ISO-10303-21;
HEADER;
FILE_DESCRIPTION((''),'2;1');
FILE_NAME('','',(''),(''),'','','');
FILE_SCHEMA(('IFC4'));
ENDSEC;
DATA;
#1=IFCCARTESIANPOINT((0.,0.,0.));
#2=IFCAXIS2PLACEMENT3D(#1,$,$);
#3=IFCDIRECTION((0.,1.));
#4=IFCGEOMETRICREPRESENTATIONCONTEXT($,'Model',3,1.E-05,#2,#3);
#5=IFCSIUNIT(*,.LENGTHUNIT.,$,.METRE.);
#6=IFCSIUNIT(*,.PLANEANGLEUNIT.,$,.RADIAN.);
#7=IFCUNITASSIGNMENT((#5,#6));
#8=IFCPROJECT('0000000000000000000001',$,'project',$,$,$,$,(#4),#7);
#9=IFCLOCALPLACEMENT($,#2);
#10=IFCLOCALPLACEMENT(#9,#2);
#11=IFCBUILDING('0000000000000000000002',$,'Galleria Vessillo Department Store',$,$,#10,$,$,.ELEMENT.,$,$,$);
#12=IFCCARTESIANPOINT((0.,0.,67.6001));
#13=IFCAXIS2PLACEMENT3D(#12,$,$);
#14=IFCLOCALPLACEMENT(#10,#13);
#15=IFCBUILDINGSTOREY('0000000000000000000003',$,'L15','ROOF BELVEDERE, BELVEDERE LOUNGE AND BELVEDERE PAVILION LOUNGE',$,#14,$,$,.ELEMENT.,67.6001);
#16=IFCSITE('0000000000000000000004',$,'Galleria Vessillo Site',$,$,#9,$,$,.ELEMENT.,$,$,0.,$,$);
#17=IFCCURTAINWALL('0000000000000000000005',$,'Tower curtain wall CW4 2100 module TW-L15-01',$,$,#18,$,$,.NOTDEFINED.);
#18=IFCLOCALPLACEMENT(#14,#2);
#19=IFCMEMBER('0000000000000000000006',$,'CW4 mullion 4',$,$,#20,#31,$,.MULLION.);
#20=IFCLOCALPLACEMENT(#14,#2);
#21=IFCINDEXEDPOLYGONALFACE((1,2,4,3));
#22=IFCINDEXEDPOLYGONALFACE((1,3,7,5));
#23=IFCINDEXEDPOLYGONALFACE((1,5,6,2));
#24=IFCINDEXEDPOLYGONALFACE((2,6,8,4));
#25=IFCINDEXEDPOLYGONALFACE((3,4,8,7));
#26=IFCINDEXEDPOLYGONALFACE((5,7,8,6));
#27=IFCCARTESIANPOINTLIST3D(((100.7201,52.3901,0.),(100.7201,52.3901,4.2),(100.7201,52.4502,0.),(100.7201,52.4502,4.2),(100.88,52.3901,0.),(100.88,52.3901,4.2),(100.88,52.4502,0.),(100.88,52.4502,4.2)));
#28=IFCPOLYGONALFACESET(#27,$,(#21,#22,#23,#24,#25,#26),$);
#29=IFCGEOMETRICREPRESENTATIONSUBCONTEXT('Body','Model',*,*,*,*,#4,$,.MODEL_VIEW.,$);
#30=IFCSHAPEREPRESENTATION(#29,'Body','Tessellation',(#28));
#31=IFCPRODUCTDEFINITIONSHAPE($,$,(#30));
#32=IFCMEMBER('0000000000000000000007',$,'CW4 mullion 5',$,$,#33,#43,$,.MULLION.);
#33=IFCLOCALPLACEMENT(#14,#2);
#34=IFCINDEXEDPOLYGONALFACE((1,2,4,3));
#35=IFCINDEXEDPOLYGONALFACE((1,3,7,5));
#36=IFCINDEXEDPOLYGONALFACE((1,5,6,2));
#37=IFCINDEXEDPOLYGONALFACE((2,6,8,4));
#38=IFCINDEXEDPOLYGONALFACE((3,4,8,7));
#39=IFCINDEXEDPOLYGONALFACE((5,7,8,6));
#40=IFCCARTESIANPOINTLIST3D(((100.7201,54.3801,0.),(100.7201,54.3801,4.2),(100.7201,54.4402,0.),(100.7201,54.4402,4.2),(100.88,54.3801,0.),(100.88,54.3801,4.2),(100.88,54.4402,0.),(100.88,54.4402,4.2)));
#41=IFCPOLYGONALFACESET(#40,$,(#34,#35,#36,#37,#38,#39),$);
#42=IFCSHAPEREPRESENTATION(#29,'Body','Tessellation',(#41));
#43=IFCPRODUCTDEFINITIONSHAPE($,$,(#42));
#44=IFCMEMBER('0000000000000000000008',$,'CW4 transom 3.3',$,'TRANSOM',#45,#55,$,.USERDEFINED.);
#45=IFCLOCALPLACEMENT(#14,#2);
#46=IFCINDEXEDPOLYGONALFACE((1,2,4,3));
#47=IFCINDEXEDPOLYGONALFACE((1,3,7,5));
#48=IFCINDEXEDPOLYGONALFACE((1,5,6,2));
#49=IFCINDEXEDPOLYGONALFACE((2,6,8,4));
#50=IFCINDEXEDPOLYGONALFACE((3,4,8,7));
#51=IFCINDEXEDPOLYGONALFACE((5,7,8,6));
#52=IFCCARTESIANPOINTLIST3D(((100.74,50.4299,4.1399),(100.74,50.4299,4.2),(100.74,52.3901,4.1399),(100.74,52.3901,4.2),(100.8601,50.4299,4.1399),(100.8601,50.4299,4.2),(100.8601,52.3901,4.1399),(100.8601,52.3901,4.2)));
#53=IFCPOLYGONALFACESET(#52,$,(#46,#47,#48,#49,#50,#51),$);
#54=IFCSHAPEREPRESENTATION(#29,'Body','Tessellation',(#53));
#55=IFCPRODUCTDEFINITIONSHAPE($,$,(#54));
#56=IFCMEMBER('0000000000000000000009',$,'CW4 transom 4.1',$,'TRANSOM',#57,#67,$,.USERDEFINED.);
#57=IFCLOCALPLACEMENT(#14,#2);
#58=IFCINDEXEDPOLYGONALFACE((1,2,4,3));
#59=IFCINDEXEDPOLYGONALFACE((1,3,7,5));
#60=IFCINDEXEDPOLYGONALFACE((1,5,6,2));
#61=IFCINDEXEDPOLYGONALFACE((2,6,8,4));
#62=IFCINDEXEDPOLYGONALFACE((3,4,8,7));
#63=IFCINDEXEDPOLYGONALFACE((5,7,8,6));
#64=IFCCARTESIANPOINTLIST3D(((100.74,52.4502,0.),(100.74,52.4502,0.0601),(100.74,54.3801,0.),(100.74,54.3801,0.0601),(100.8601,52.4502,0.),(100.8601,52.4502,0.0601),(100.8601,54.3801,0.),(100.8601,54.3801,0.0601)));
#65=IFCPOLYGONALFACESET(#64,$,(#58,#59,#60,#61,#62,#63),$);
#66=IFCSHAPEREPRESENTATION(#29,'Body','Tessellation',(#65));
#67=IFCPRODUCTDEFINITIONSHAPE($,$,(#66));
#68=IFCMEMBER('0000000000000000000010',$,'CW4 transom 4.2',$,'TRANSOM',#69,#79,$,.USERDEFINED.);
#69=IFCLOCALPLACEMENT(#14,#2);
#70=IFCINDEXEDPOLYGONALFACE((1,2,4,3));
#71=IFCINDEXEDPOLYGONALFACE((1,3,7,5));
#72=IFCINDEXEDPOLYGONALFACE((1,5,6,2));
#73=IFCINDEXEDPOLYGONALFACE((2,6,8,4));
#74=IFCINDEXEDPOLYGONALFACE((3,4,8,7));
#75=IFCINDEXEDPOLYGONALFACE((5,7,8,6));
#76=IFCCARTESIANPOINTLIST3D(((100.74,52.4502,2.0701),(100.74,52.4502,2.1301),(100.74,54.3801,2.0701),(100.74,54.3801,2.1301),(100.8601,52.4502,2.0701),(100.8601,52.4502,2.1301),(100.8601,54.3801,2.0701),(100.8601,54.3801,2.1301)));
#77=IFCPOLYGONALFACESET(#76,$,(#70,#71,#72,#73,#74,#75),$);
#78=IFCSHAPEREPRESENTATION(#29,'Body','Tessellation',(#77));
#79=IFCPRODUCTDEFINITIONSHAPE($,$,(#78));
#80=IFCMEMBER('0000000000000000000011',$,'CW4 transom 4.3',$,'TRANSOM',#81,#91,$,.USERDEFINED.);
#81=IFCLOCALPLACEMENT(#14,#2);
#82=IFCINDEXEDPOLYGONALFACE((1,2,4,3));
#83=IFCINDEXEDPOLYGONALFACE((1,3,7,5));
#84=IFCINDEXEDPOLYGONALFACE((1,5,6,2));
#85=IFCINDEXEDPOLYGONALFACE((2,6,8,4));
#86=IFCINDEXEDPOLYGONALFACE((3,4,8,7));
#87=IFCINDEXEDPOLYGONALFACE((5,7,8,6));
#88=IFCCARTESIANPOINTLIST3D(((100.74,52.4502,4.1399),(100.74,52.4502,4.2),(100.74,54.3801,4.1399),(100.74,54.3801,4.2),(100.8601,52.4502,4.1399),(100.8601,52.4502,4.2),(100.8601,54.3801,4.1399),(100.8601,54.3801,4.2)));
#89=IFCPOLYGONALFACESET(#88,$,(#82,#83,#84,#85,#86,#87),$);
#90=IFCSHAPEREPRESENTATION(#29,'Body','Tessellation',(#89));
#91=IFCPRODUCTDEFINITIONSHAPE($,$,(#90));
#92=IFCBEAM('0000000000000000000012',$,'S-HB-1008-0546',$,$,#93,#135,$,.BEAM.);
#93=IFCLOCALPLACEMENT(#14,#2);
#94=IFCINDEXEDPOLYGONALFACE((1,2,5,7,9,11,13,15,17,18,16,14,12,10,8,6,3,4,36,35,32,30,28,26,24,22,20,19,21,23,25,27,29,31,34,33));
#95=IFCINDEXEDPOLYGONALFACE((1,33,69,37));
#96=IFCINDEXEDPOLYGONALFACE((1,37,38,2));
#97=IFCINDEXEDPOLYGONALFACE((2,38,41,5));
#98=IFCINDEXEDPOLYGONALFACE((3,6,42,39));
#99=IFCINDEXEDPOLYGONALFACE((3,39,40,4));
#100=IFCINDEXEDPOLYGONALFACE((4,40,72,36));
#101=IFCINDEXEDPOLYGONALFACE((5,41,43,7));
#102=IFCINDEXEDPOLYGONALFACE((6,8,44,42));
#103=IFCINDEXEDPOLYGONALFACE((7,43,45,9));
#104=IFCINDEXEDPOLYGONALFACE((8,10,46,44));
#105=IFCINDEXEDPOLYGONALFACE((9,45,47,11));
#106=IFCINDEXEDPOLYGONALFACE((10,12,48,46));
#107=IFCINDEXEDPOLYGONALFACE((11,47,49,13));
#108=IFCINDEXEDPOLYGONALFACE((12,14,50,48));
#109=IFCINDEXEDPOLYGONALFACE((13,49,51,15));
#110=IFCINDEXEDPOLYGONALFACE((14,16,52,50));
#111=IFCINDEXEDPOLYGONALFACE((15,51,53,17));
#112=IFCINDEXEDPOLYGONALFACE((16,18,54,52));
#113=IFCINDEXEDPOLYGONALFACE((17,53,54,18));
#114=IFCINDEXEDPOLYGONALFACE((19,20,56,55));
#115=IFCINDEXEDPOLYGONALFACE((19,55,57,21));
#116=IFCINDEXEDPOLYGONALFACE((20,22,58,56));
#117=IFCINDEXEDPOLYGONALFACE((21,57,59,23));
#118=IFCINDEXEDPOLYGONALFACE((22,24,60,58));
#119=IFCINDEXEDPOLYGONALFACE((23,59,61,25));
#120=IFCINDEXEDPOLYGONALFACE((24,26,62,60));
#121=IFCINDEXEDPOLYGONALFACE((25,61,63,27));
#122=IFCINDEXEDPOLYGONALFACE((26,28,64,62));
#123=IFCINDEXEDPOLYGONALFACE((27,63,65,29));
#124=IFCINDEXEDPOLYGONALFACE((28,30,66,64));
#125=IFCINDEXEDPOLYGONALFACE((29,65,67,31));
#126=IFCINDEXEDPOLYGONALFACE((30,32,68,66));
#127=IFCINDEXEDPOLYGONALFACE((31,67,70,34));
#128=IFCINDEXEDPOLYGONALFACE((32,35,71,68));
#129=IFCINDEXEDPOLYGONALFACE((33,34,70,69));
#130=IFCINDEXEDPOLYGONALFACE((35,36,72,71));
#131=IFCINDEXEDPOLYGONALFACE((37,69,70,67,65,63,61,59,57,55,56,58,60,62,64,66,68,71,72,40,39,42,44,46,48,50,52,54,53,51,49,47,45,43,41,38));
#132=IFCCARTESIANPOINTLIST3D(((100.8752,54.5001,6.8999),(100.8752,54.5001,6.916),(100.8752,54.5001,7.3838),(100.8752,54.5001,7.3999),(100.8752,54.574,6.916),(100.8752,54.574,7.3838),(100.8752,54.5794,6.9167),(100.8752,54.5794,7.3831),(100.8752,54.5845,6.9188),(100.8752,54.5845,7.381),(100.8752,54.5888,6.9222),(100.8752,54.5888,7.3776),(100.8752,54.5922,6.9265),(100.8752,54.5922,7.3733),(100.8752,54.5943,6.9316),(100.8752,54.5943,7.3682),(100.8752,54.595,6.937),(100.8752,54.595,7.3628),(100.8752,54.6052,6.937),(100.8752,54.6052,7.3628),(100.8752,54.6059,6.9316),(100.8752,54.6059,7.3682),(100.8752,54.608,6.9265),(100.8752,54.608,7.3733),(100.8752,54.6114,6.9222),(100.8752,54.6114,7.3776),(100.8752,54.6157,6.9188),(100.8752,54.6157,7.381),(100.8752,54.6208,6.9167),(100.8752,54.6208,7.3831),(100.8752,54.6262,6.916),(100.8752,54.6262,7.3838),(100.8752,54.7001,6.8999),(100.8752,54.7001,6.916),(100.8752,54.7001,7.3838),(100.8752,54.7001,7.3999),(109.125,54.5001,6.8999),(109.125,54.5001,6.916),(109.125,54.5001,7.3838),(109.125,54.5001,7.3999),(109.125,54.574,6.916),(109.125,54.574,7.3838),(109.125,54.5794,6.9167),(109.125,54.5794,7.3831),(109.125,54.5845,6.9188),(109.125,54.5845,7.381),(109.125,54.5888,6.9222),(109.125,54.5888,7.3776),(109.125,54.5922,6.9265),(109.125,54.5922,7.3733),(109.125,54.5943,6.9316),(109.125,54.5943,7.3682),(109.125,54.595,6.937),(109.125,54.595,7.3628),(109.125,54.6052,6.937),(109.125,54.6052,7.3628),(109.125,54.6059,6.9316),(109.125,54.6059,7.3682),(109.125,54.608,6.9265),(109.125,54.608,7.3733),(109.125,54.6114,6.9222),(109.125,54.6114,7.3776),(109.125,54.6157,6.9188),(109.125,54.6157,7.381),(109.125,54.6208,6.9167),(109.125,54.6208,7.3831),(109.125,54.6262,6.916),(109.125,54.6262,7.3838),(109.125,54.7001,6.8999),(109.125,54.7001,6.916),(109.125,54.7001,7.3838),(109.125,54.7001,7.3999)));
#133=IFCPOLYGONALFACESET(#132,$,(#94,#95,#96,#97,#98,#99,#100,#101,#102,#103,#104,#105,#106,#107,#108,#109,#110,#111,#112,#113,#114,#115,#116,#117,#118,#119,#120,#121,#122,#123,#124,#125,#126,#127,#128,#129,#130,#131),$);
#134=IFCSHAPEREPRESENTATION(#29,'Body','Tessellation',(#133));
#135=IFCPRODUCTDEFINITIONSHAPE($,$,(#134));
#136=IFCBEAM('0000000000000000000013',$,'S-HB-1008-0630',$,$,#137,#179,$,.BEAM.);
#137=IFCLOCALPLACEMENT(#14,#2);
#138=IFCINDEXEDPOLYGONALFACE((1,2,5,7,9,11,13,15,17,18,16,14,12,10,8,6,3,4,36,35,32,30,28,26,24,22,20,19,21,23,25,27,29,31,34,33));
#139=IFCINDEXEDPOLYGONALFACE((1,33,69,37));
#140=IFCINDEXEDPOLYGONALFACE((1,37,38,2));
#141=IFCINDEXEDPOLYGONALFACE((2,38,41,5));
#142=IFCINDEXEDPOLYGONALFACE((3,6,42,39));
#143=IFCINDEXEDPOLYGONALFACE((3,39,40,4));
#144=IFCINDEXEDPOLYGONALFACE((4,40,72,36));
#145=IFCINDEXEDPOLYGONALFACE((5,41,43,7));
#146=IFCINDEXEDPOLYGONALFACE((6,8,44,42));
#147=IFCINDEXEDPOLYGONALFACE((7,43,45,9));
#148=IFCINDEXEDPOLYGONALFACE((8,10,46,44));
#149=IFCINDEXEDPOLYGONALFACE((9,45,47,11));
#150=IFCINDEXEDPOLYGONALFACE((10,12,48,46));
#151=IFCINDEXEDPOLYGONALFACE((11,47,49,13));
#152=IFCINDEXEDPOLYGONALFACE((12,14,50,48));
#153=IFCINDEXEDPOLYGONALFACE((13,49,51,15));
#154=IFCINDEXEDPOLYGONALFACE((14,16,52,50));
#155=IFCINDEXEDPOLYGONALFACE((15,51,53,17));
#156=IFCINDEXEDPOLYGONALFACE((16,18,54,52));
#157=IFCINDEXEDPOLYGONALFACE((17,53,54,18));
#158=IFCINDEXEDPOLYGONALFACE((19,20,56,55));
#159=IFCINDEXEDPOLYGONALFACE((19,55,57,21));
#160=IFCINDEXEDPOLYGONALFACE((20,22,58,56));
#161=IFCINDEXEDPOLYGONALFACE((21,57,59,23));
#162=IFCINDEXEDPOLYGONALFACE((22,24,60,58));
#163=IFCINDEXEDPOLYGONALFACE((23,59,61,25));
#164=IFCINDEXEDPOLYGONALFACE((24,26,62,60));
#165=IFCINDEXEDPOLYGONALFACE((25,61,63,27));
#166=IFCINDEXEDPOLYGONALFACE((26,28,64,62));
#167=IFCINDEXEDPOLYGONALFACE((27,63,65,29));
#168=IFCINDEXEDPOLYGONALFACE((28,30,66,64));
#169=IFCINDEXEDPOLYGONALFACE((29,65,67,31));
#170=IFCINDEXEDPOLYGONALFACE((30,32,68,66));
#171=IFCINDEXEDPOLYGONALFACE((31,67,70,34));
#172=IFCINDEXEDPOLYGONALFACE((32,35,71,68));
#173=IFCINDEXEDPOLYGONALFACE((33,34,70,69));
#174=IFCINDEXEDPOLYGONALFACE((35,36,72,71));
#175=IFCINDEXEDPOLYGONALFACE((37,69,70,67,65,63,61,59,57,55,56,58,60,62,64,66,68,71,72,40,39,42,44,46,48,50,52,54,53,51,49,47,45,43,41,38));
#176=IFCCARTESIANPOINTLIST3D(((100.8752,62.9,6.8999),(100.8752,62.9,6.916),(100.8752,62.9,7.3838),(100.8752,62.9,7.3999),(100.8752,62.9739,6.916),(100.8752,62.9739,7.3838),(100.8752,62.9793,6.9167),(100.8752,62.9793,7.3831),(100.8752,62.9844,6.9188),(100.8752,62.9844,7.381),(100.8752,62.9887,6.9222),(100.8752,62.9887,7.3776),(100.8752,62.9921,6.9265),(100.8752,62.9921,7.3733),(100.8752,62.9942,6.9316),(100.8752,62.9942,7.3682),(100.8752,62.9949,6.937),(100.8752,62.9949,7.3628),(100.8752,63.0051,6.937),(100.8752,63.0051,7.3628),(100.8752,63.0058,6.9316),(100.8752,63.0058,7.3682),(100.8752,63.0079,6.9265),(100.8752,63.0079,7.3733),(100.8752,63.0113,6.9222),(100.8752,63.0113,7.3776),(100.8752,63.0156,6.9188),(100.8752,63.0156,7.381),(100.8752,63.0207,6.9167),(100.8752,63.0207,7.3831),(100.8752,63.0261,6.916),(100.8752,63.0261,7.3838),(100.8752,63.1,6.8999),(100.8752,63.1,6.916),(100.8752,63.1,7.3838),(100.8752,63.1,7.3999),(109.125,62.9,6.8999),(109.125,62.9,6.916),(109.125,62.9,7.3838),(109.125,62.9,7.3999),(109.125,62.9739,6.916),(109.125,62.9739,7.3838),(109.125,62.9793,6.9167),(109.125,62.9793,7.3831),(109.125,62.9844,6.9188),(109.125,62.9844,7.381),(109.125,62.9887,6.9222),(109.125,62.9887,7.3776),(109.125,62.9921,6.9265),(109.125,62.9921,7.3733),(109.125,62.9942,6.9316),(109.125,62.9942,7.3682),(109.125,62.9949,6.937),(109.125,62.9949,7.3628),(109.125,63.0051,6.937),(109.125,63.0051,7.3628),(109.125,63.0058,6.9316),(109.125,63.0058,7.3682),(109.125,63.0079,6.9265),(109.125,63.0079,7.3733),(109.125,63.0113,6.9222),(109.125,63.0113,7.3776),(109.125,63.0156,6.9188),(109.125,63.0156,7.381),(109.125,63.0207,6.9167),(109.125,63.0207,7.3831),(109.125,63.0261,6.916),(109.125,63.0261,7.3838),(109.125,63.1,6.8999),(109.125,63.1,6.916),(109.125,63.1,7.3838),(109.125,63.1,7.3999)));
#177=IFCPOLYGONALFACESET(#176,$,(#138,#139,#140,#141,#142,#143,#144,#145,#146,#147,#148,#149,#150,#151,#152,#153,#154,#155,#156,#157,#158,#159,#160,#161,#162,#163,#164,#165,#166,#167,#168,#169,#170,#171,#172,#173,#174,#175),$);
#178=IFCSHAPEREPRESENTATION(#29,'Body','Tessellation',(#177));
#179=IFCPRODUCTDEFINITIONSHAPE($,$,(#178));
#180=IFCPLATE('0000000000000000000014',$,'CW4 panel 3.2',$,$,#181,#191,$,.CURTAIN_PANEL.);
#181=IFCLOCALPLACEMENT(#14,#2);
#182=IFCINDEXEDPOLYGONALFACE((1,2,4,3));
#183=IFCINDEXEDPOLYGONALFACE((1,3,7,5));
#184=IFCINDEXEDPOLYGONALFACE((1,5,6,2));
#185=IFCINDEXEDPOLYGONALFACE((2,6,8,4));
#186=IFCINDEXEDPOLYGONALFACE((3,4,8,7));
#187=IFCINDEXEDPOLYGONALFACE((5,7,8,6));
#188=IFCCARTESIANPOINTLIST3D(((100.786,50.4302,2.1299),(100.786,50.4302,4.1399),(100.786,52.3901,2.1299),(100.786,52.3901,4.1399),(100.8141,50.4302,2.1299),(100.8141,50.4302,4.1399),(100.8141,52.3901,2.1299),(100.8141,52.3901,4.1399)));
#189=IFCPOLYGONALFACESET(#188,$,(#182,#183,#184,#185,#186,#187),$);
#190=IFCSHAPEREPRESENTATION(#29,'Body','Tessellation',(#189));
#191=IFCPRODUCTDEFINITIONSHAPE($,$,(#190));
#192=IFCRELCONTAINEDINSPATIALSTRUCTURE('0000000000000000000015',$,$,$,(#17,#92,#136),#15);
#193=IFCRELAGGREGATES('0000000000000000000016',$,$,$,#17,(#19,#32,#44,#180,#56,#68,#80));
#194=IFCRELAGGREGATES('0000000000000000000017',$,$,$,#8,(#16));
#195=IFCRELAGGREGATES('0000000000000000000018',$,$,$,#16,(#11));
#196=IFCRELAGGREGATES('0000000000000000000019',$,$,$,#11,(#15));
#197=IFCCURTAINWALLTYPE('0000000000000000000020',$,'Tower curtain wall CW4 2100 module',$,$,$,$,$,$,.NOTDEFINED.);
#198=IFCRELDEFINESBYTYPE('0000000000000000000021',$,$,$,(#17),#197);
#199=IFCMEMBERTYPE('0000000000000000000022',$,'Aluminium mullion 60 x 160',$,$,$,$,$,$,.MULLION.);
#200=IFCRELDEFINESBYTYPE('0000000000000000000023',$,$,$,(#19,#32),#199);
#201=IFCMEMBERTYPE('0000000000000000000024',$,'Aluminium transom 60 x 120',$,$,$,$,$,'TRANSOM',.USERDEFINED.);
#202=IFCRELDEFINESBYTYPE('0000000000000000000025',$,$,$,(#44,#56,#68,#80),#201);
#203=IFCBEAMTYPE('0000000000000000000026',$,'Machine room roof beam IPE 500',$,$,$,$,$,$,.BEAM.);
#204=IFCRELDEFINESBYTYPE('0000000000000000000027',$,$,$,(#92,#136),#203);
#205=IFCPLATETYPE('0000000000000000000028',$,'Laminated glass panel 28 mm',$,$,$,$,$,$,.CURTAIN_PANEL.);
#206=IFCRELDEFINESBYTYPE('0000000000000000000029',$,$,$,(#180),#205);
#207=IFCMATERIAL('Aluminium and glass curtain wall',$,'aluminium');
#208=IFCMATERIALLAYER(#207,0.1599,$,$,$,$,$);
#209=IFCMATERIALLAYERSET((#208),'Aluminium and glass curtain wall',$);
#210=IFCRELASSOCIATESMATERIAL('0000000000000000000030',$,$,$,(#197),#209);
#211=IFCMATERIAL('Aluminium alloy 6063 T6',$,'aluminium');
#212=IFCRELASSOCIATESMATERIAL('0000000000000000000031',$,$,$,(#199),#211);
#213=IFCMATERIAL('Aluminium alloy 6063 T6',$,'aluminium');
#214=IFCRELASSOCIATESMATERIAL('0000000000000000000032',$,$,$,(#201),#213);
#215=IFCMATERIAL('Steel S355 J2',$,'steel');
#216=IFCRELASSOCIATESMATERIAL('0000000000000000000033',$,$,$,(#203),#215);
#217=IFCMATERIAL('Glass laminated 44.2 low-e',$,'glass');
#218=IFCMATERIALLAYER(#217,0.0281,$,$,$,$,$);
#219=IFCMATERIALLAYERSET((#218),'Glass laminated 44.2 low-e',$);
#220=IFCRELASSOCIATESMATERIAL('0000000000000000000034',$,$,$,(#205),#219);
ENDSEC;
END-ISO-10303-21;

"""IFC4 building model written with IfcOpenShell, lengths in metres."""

from ifc_helpers import new_model, si_unit, direction, frame, origin, origin_2d, place, context, subcontext, project, spatial, rectangle, i_section, extrude, material, layer, layer_set, material_profile, profile_set, type_object, element, aggregate, save


model = new_model("IFC4")

# Units and contexts
model_context = context("Model", 3, precision=1e-05, world=origin(), true_north=direction((0.0, 1.0)))
body_context = subcontext(model_context, "Body", "Model", "MODEL_VIEW")
ifc_project = project(units=[si_unit("LENGTHUNIT", "METRE"), si_unit("PLANEANGLEUNIT", "RADIAN")], contexts=[model_context])

# Site, building, storey
site_placement = place(None, origin())
site = spatial("IfcSite", under=ifc_project, at=site_placement, Name="Galleria Vessillo Site", CompositionType="ELEMENT", RefElevation=0.0)
building_placement = place(site_placement, origin())
building = spatial("IfcBuilding", under=site, at=building_placement, Name="Galleria Vessillo Department Store", CompositionType="ELEMENT")
storey_placement = place(building_placement, frame((0.0, 0.0, 67.6001)))
storey = spatial("IfcBuildingStorey", under=building, at=storey_placement, Name="L15", Description="ROOF BELVEDERE, BELVEDERE LOUNGE AND BELVEDERE PAVILION LOUNGE", CompositionType="ELEMENT", Elevation=67.6001)

# Curtain wall, members
ifc_material_1 = material(Name="Aluminium and glass curtain wall", Category="aluminium")
ifc_layer_1 = layer(ifc_material_1, 0.1599)
ifc_layer_set_1 = layer_set([ifc_layer_1], Name="Aluminium and glass curtain wall")
curtain_wall_type = type_object("IfcCurtainWallType", Name="Tower curtain wall CW4 2100 module", PredefinedType="NOTDEFINED", material=ifc_layer_set_1)
curtain_wall_placement = place(storey_placement, origin())
curtain_wall = element("IfcCurtainWall", 1, at=curtain_wall_placement, inside=storey, type_object=curtain_wall_type, Name="Tower curtain wall CW4 2100 module TW-L15-01", PredefinedType="NOTDEFINED")
ifc_material_2 = material(Name="Aluminium alloy 6063 T6", Category="aluminium")
ifc_material_profile_1 = material_profile(ifc_material_2, rectangle(XDim=0.1599, YDim=0.0601, at=origin_2d()), Name="AL 60x160")
ifc_profile_set_1 = profile_set([ifc_material_profile_1], Name="Aluminium alloy 6063 T6")
member_type_1 = type_object("IfcMemberType", Name="Aluminium mullion 60 x 160", PredefinedType="MULLION", material=ifc_profile_set_1)
member_1_placement = place(storey_placement, frame((100.8, 52.4202, 0.0), z_axis=(0.0, 0.0, 1.0), x_axis=(-1.0, 0.0, 0.0)))
member_1 = element("IfcMember", 2, at=member_1_placement, type_object=member_type_1, Name="CW4 mullion 4", PredefinedType="MULLION", context=body_context, shape_type="SweptSolid", body=[
    extrude(rectangle(XDim=0.1599, YDim=0.0601, at=origin_2d()), origin(), (0.0, 0.0, 1.0), 4.2),
])
member_2_placement = place(storey_placement, frame((100.8, 54.4102, 0.0), z_axis=(0.0, 0.0, 1.0), x_axis=(-1.0, 0.0, 0.0)))
member_2 = element("IfcMember", 3, at=member_2_placement, type_object=member_type_1, Name="CW4 mullion 5", PredefinedType="MULLION", context=body_context, shape_type="SweptSolid", body=[
    extrude(rectangle(XDim=0.1599, YDim=0.0601, at=origin_2d()), origin(), (0.0, 0.0, 1.0), 4.2),
])
ifc_material_3 = material(Name="Aluminium alloy 6063 T6", Category="aluminium")
ifc_material_profile_2 = material_profile(ifc_material_3, rectangle(XDim=0.1201, YDim=0.0601, at=origin_2d()), Name="AL 60x120")
ifc_profile_set_2 = profile_set([ifc_material_profile_2], Name="Aluminium alloy 6063 T6")
member_type_2 = type_object("IfcMemberType", Name="Aluminium transom 60 x 120", ElementType="TRANSOM", PredefinedType="USERDEFINED", material=ifc_profile_set_2)
member_3_placement = place(storey_placement, frame((100.8, 50.4299, 4.1699), z_axis=(0.0, 1.0, 0.0), x_axis=(-1.0, 0.0, 0.0)))
member_3 = element("IfcMember", 4, at=member_3_placement, type_object=member_type_2, Name="CW4 transom 3.3", ObjectType="TRANSOM", PredefinedType="USERDEFINED", context=body_context, shape_type="SweptSolid", body=[
    extrude(rectangle(XDim=0.1201, YDim=0.0601, at=origin_2d()), origin(), (0.0, 0.0, 1.0), 1.9602),
])
member_4_placement = place(storey_placement, frame((100.8, 52.4502, 0.03), z_axis=(0.0, 1.0, 0.0), x_axis=(-1.0, 0.0, 0.0)))
member_4 = element("IfcMember", 5, at=member_4_placement, type_object=member_type_2, Name="CW4 transom 4.1", ObjectType="TRANSOM", PredefinedType="USERDEFINED", context=body_context, shape_type="SweptSolid", body=[
    extrude(rectangle(XDim=0.1201, YDim=0.0601, at=origin_2d()), origin(), (0.0, 0.0, 1.0), 1.9299),
])
member_5_placement = place(storey_placement, frame((100.8, 52.4502, 2.1001), z_axis=(0.0, 1.0, 0.0), x_axis=(-1.0, 0.0, 0.0)))
member_5 = element("IfcMember", 6, at=member_5_placement, type_object=member_type_2, Name="CW4 transom 4.2", ObjectType="TRANSOM", PredefinedType="USERDEFINED", context=body_context, shape_type="SweptSolid", body=[
    extrude(rectangle(XDim=0.1201, YDim=0.0601, at=origin_2d()), origin(), (0.0, 0.0, 1.0), 1.9299),
])
member_6_placement = place(storey_placement, frame((100.8, 52.4502, 4.1699), z_axis=(0.0, 1.0, 0.0), x_axis=(-1.0, 0.0, 0.0)))
member_6 = element("IfcMember", 7, at=member_6_placement, type_object=member_type_2, Name="CW4 transom 4.3", ObjectType="TRANSOM", PredefinedType="USERDEFINED", context=body_context, shape_type="SweptSolid", body=[
    extrude(rectangle(XDim=0.1201, YDim=0.0601, at=origin_2d()), origin(), (0.0, 0.0, 1.0), 1.9299),
])

# Beams
ifc_material_4 = material(Name="Steel S355 J2", Category="steel")
ifc_material_profile_3 = material_profile(ifc_material_4, i_section(OverallWidth=0.2, OverallDepth=0.5, WebThickness=0.0103, FlangeThickness=0.0161, FilletRadius=0.021, at=origin_2d()), Name="IPE 500")
ifc_profile_set_3 = profile_set([ifc_material_profile_3], Name="Steel S355 J2")
beam_type = type_object("IfcBeamType", Name="Machine room roof beam IPE 500", PredefinedType="BEAM", material=ifc_profile_set_3)
for number, where, z_axis, x_axis, name in (
    (8, (100.8752, 54.6001, 7.1499), (1.0, 0.0, 0.0), (0.0, 1.0, 0.0), "S-HB-1008-0546"),
    (9, (100.8752, 63.0, 7.1499), (1.0, 0.0, 0.0), (0.0, 1.0, 0.0), "S-HB-1008-0630"),
):
    element("IfcBeam", number, at=place(storey_placement, frame(where, z_axis=z_axis, x_axis=x_axis)), inside=storey, type_object=beam_type, Name=name, PredefinedType="BEAM", context=body_context, shape_type="SweptSolid", body=[
        extrude(i_section(OverallWidth=0.2, OverallDepth=0.5, WebThickness=0.0103, FlangeThickness=0.0161, FilletRadius=0.021, at=origin_2d()), origin(), (0.0, 0.0, 1.0), 8.2498),
    ])

# Plate
ifc_material_5 = material(Name="Glass laminated 44.2 low-e", Category="glass")
ifc_layer_2 = layer(ifc_material_5, 0.0281)
ifc_layer_set_2 = layer_set([ifc_layer_2], Name="Glass laminated 44.2 low-e")
plate_type_1 = type_object("IfcPlateType", Name="Laminated glass panel 28 mm", PredefinedType="CURTAIN_PANEL", material=ifc_layer_set_2)
plate_1_placement = place(storey_placement, frame((100.8, 51.4102, 2.1299), z_axis=(0.0, 0.0, 1.0), x_axis=(0.0, 1.0, 0.0)))
plate_1 = element("IfcPlate", 10, at=plate_1_placement, type_object=plate_type_1, Name="CW4 panel 3.2", PredefinedType="CURTAIN_PANEL", context=body_context, shape_type="SweptSolid", body=[
    extrude(rectangle(XDim=1.96, YDim=0.0281, at=origin_2d()), origin(), (0.0, 0.0, 1.0), 2.01),
])
aggregate(curtain_wall, [member_1, member_2, member_3, plate_1, member_4, member_5, member_6])

save(model, "model.ifc")
